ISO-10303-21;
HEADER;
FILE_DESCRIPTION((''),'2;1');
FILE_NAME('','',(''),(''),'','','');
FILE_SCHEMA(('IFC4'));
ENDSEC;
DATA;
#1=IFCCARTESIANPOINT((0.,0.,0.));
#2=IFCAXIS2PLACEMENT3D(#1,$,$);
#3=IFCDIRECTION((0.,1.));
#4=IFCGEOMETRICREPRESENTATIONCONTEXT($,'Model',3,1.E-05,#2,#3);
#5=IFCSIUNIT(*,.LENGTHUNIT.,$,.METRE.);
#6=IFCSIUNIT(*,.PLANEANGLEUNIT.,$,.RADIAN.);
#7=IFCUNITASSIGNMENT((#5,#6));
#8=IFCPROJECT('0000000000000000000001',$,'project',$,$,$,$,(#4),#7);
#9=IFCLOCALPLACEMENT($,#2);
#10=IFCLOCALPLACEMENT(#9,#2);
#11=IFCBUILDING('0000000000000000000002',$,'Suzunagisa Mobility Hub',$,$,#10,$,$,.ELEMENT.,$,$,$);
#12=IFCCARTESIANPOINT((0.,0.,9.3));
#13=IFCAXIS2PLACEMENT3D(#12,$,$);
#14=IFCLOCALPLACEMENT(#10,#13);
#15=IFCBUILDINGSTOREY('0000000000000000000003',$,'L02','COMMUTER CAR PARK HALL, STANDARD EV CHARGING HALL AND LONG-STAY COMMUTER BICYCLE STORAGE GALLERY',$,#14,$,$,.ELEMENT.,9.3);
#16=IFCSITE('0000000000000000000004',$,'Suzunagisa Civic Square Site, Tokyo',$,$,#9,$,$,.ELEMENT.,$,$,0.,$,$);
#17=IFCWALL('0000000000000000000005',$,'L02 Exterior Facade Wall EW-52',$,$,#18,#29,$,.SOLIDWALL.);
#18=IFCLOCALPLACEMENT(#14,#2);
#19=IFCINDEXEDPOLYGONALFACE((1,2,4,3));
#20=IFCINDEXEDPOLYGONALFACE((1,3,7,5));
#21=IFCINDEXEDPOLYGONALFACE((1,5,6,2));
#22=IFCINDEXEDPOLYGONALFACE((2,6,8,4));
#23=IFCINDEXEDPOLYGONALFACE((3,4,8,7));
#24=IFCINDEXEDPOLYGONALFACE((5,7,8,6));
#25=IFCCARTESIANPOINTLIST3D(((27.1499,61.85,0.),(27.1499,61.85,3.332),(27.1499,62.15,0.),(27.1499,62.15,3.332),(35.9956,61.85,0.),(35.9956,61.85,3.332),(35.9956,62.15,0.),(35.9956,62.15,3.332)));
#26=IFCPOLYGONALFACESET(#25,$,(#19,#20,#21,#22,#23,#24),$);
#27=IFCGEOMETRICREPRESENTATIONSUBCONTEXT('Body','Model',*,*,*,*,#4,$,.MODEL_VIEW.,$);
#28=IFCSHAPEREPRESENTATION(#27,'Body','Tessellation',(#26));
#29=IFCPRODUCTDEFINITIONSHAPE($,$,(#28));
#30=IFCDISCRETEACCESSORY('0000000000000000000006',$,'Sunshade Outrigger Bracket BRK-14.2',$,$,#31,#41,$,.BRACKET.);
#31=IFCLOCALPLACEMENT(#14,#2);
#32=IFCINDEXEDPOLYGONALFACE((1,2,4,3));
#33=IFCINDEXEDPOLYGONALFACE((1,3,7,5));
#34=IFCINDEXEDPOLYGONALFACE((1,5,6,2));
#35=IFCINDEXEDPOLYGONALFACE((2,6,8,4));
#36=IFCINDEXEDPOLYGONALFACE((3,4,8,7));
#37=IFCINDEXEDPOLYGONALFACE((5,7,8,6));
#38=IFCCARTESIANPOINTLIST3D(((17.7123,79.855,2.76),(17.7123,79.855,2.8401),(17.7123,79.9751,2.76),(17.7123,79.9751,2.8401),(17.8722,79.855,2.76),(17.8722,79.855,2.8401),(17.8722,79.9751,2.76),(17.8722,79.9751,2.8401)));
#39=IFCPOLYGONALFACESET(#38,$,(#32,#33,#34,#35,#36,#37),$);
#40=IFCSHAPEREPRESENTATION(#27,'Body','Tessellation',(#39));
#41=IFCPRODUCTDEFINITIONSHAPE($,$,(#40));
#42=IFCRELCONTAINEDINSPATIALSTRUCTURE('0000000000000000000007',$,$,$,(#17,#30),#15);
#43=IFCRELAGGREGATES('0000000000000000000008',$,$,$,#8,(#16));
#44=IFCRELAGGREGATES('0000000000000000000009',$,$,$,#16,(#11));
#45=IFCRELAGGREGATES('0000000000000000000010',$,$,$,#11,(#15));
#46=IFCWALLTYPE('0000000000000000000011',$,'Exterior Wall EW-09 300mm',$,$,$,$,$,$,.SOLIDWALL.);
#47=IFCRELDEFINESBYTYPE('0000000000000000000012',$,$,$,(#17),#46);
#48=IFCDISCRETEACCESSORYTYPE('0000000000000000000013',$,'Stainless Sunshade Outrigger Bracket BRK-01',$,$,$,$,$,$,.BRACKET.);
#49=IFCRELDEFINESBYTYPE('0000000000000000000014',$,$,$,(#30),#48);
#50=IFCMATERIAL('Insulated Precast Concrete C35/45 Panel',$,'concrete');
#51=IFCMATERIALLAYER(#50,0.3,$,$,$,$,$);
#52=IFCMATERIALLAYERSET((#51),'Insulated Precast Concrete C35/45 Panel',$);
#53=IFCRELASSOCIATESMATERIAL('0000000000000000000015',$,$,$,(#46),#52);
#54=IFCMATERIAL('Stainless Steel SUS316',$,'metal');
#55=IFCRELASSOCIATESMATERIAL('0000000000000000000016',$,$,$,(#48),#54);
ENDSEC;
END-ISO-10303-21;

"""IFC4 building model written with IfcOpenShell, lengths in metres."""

from ifc_helpers import new_model, si_unit, direction, frame, frame_2d, origin, origin_2d, place, context, subcontext, project, spatial, rectangle, extrude, material, layer, layer_set, type_object, element, save


model = new_model("IFC4")

# Units and contexts
model_context = context("Model", 3, precision=1e-05, world=origin(), true_north=direction((0.0, 1.0)))
body_context = subcontext(model_context, "Body", "Model", "MODEL_VIEW")
ifc_project = project(units=[si_unit("LENGTHUNIT", "METRE"), si_unit("PLANEANGLEUNIT", "RADIAN")], contexts=[model_context])

# Site, building, storey
site_placement = place(None, origin())
site = spatial("IfcSite", under=ifc_project, at=site_placement, Name="Suzunagisa Civic Square Site, Tokyo", CompositionType="ELEMENT", RefElevation=0.0)
building_placement = place(site_placement, origin())
building = spatial("IfcBuilding", under=site, at=building_placement, Name="Suzunagisa Mobility Hub", CompositionType="ELEMENT")
storey_placement = place(building_placement, frame((0.0, 0.0, 9.3)))
storey = spatial("IfcBuildingStorey", under=building, at=storey_placement, Name="L02", Description="COMMUTER CAR PARK HALL, STANDARD EV CHARGING HALL AND LONG-STAY COMMUTER BICYCLE STORAGE GALLERY", CompositionType="ELEMENT", Elevation=9.3)

# Wall
ifc_material_1 = material(Name="Insulated Precast Concrete C35/45 Panel", Category="concrete")
ifc_layer_1 = layer(ifc_material_1, 0.3)
ifc_layer_set_1 = layer_set([ifc_layer_1], Name="Insulated Precast Concrete C35/45 Panel")
wall_type_1 = type_object("IfcWallType", Name="Exterior Wall EW-09 300mm", PredefinedType="SOLIDWALL", material=ifc_layer_set_1)
wall_1_placement = place(storey_placement, frame((35.9956, 62.0, 0.0), z_axis=(0.0, 0.0, 1.0), x_axis=(-1.0, 0.0, 0.0)))
element("IfcWall", 1, at=wall_1_placement, inside=storey, type_object=wall_type_1, Name="L02 Exterior Facade Wall EW-52", PredefinedType="SOLIDWALL", context=body_context, shape_type="SweptSolid", body=[
    extrude(rectangle(XDim=8.8457, YDim=0.3, at=frame_2d((4.4229, 0.0))), origin(), (0.0, 0.0, 1.0), 3.332),
])

# Discrete accessory
ifc_material_2 = material(Name="Stainless Steel SUS316", Category="metal")
discrete_accessory_type = type_object("IfcDiscreteAccessoryType", Name="Stainless Sunshade Outrigger Bracket BRK-01", PredefinedType="BRACKET", material=ifc_material_2)
discrete_accessory_placement = place(storey_placement, frame((17.7922, 79.915, 2.76), z_axis=(0.0, 0.0, 1.0), x_axis=(1.0, 0.0, 0.0)))
element("IfcDiscreteAccessory", 2, at=discrete_accessory_placement, inside=storey, type_object=discrete_accessory_type, Name="Sunshade Outrigger Bracket BRK-14.2", PredefinedType="BRACKET", context=body_context, shape_type="SweptSolid", body=[
    extrude(rectangle(XDim=0.1599, YDim=0.1201, at=origin_2d()), origin(), (0.0, 0.0, 1.0), 0.0801),
])

save(model, "model.ifc")
